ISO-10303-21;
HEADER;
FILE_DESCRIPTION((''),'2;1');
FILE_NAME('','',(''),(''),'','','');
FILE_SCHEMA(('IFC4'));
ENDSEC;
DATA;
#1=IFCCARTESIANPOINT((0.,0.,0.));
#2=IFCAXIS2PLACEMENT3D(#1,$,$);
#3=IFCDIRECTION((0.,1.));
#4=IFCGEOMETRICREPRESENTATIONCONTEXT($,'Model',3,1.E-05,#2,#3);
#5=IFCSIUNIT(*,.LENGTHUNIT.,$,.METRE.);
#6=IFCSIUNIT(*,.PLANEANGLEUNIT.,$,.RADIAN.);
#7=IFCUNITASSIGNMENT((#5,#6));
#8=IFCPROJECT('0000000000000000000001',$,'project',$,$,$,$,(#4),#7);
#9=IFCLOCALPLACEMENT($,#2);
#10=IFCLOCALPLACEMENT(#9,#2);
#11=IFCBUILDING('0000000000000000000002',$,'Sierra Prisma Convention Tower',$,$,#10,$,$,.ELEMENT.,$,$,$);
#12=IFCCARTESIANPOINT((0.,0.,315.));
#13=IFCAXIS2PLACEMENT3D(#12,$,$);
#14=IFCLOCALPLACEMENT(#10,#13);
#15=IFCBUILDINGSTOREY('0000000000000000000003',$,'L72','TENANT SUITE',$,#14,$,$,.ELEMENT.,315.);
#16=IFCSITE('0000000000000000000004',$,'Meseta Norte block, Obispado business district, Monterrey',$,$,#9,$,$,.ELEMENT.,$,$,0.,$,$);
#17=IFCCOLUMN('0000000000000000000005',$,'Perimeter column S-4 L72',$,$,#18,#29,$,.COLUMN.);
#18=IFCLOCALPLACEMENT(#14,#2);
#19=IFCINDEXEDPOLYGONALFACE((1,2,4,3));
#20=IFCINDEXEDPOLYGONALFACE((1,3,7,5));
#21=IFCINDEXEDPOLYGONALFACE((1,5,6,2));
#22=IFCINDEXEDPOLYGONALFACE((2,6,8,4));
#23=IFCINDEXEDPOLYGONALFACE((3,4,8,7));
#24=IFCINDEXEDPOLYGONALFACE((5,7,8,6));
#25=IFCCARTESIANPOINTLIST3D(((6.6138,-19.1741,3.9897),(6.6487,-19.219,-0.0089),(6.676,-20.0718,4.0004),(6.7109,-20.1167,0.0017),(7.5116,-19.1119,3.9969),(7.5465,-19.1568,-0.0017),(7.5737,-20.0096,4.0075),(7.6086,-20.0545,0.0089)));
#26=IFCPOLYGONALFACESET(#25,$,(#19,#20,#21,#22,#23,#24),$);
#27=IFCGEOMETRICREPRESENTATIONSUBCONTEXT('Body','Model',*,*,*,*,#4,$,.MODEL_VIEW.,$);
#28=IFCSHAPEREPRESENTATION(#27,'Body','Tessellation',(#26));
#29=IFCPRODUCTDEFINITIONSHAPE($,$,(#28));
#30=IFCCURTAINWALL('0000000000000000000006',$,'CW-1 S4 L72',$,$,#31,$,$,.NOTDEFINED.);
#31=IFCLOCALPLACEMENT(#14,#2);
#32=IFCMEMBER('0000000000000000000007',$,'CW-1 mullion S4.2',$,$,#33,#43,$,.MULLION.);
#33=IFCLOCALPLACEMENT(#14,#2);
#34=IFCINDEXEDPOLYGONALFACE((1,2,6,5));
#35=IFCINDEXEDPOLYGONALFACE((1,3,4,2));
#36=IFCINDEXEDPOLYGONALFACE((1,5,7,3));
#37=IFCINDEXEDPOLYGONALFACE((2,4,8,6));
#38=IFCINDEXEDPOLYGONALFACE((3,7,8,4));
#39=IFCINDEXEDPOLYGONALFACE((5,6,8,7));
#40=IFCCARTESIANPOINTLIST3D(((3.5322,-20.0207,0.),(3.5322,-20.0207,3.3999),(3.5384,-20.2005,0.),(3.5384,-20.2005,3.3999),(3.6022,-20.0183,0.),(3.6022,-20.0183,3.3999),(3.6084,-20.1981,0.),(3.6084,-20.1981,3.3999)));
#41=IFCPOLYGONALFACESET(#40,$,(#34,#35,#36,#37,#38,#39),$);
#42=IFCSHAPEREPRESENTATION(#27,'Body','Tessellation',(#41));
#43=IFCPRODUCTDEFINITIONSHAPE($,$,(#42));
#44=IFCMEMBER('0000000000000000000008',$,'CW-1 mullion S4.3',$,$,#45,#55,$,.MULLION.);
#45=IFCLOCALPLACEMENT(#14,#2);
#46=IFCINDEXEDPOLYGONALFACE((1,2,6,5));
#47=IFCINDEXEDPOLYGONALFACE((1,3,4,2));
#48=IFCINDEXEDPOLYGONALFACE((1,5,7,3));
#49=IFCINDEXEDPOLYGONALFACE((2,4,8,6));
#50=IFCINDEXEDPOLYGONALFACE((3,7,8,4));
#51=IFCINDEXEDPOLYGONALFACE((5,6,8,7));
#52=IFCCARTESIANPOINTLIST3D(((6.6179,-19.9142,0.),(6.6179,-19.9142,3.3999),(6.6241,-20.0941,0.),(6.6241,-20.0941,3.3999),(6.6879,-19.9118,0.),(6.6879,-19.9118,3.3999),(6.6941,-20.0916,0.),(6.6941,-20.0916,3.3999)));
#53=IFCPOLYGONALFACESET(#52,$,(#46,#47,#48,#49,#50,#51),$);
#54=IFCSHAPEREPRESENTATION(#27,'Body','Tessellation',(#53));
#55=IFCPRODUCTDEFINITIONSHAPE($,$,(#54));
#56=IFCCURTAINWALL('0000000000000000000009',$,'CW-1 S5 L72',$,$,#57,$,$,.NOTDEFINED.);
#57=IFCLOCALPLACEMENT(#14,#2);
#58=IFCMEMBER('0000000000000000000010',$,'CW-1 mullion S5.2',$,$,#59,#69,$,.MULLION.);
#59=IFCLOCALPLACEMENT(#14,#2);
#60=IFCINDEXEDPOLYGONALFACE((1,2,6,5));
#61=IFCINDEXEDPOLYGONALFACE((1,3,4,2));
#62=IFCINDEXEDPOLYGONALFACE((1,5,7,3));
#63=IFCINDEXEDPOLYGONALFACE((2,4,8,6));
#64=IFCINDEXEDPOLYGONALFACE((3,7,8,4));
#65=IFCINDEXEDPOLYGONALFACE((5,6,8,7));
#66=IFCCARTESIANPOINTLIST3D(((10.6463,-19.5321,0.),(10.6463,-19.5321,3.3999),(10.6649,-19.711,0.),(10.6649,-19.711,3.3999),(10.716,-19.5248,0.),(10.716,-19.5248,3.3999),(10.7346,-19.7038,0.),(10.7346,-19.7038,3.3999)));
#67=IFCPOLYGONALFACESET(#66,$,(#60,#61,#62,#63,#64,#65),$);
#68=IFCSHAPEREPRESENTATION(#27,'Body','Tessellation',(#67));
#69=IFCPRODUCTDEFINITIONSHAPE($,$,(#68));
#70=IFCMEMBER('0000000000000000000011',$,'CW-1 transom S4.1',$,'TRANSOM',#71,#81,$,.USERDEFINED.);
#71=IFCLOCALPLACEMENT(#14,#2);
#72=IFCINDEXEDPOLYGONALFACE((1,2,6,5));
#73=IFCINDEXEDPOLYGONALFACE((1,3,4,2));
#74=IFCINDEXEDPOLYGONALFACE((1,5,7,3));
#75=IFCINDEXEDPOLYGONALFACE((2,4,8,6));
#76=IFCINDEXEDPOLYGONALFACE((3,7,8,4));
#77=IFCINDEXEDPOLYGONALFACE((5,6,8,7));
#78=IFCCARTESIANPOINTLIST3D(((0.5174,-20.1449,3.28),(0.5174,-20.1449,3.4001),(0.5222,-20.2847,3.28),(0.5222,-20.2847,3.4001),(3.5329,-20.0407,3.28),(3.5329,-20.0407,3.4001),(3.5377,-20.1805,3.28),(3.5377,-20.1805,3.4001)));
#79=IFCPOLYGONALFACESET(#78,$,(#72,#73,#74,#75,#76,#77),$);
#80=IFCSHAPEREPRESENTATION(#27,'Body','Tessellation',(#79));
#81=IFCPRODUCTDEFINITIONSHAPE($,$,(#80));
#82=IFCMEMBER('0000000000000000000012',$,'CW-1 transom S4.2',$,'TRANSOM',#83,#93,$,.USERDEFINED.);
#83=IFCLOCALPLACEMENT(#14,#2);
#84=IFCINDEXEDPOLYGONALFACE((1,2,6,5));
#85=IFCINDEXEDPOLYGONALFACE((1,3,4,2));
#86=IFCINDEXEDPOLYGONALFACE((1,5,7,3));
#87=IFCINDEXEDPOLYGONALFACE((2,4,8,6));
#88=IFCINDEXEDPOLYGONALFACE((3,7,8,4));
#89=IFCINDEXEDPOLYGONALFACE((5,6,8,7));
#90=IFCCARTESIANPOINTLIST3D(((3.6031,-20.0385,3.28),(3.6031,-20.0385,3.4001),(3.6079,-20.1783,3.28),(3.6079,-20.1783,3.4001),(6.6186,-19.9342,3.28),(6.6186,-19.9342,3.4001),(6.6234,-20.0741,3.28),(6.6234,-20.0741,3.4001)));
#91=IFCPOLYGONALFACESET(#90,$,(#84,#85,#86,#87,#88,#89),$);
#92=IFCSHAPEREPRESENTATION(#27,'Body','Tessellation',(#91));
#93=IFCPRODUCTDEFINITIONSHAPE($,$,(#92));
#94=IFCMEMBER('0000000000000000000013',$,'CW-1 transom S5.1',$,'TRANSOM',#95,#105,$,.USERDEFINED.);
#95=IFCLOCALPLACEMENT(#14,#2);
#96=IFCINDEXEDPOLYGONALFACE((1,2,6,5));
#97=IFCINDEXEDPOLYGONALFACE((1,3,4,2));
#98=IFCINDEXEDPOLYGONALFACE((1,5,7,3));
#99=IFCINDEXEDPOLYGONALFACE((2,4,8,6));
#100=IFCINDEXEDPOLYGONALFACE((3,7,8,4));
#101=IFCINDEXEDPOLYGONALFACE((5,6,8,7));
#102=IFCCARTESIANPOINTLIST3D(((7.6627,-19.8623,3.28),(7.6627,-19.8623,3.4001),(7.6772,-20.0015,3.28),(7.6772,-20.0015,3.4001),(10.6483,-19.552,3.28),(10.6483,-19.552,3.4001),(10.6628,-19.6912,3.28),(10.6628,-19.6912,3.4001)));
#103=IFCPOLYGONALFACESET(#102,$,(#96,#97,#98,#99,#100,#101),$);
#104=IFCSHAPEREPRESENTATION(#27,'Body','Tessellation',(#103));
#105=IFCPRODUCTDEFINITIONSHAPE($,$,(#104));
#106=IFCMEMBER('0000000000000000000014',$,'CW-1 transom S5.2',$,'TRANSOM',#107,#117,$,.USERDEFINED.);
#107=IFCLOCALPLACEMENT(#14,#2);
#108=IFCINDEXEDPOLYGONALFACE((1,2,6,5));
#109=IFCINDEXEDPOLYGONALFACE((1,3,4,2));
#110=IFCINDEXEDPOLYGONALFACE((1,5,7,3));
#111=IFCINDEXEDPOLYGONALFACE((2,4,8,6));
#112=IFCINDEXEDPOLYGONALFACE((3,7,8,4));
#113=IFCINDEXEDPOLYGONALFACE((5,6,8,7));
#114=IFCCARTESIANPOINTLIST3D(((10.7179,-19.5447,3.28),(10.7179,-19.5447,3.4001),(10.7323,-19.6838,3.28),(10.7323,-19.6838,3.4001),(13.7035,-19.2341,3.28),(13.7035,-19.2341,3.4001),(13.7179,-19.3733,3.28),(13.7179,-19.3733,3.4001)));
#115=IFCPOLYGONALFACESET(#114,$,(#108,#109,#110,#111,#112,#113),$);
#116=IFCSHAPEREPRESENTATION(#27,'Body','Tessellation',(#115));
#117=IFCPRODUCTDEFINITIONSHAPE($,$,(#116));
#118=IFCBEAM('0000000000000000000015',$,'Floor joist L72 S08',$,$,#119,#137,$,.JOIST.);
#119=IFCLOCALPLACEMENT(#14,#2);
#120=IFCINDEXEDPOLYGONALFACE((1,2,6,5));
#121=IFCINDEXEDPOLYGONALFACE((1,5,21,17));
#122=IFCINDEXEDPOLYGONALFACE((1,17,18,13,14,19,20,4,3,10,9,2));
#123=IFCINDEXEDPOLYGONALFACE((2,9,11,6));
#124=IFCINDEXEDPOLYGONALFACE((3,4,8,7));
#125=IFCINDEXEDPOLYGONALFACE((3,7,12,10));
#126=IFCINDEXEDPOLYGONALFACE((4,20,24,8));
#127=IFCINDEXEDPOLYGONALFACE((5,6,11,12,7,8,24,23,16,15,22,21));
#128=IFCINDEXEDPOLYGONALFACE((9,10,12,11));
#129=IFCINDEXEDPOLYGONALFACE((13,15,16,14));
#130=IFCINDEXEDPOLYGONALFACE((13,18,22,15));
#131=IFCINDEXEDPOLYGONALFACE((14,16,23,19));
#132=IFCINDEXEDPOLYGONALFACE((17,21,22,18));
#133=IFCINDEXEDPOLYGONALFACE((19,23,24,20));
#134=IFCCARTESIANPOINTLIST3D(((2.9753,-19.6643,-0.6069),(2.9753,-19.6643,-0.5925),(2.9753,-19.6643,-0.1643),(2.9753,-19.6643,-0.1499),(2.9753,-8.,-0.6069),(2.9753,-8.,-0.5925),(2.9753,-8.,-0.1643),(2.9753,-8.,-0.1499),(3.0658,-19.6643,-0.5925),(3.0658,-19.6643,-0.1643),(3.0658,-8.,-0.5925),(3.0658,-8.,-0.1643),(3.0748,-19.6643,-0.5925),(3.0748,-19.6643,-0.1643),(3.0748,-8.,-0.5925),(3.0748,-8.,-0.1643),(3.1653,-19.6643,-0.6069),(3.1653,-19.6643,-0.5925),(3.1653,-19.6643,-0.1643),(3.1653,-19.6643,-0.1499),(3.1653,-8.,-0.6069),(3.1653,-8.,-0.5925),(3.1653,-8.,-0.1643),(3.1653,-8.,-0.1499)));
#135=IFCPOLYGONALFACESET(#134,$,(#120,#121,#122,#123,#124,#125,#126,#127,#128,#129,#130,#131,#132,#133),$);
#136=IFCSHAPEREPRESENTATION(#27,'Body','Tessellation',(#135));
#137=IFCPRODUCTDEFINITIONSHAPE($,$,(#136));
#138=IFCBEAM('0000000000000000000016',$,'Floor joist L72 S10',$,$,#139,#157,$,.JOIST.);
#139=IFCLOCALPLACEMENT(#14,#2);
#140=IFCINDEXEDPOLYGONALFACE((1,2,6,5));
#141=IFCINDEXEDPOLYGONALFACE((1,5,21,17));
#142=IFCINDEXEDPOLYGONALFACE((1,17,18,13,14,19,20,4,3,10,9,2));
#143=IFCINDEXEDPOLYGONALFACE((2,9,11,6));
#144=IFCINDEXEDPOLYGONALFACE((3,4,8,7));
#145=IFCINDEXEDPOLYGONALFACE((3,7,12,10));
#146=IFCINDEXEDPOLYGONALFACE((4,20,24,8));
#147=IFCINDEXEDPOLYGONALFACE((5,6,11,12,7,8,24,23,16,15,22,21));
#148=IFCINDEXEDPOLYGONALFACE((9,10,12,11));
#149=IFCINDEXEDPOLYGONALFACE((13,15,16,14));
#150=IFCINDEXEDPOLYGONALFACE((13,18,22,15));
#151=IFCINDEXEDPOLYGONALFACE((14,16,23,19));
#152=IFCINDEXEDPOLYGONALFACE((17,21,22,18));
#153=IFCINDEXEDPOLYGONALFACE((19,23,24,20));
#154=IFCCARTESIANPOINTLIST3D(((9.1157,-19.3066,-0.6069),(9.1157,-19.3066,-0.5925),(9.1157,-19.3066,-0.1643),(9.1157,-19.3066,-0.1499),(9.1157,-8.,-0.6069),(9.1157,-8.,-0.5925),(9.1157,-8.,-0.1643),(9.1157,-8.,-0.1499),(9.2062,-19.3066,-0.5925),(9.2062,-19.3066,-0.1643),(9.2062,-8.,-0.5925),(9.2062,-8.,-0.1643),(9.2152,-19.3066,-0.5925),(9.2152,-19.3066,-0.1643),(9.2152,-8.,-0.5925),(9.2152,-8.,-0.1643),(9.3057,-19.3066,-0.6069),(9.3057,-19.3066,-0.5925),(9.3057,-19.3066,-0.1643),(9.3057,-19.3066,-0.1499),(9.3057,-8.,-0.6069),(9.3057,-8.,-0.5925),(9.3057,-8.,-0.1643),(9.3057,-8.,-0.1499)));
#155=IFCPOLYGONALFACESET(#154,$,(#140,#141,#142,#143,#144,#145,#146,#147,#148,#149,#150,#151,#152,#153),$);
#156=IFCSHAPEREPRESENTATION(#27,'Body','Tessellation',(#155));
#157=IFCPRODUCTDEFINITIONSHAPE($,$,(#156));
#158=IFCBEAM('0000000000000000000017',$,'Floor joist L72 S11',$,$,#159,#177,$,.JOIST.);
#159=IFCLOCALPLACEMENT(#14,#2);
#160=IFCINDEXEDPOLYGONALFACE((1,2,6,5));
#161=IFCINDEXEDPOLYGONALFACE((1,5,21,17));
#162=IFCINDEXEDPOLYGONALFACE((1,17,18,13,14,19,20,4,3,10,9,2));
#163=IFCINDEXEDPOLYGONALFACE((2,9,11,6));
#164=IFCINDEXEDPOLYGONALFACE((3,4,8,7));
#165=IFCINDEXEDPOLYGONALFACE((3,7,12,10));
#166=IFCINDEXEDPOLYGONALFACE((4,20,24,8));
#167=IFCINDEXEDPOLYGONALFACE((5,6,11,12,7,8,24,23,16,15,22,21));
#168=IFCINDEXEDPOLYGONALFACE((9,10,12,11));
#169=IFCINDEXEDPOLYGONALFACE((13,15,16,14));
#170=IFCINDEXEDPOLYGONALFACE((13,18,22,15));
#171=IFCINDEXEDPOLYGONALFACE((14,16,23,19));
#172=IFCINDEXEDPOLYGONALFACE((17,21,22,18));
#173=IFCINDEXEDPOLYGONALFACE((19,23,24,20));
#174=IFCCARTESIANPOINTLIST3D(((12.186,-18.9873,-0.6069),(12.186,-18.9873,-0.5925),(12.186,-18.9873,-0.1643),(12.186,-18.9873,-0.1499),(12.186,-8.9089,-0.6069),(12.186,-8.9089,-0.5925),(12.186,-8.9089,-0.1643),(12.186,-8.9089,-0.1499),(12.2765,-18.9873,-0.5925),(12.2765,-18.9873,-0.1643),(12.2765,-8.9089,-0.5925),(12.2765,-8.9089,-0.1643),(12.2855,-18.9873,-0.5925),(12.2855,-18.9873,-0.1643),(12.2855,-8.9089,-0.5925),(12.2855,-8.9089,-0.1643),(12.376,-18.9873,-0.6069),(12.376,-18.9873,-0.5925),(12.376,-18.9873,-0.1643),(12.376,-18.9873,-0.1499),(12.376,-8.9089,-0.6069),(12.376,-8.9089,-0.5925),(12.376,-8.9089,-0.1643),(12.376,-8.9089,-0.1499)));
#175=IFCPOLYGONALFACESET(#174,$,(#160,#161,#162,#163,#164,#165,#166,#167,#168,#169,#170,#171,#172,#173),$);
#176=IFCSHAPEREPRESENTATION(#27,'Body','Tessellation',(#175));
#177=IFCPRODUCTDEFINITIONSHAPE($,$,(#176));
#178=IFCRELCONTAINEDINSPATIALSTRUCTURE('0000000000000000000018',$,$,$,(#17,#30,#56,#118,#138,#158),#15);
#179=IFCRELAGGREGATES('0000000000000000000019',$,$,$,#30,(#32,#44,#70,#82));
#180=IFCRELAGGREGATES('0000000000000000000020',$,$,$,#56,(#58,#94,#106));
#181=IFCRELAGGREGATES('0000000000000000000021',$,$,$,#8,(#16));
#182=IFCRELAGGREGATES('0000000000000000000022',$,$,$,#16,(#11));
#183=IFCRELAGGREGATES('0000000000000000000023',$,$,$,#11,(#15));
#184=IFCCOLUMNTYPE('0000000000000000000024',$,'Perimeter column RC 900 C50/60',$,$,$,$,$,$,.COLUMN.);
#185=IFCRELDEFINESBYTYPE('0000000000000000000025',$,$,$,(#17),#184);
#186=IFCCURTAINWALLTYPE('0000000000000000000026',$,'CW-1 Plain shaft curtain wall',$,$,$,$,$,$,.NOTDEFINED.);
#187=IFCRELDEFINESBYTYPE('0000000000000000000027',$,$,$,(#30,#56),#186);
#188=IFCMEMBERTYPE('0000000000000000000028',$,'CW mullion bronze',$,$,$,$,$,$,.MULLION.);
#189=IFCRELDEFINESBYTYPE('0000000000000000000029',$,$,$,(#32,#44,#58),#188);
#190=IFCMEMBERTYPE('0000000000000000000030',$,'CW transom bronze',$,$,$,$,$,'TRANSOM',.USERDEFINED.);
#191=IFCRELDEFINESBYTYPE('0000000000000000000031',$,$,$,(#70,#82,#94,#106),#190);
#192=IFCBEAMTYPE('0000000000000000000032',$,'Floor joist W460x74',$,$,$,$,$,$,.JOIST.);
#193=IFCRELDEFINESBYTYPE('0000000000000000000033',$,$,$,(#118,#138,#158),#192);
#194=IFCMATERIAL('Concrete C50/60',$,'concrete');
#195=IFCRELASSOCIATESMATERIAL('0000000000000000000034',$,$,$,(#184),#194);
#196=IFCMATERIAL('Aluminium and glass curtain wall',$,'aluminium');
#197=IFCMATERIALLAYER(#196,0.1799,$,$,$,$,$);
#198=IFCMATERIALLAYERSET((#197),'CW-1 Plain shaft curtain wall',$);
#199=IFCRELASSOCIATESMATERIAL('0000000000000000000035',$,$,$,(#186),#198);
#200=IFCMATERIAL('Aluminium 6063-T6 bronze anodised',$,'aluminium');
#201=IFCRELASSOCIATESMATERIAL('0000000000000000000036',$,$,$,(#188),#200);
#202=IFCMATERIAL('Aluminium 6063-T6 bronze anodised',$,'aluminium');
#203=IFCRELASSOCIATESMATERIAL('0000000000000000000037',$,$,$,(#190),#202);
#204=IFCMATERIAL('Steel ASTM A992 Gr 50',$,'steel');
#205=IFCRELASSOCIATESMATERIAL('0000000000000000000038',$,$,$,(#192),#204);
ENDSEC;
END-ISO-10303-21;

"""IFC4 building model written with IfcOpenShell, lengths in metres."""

from ifc_helpers import new_model, si_unit, direction, frame, origin, origin_2d, place, context, subcontext, project, spatial, rectangle, i_section, extrude, clip, halfspace, material, layer, layer_set, material_profile, profile_set, type_object, element, aggregate, save


model = new_model("IFC4")

# Units and contexts
model_context = context("Model", 3, precision=1e-05, world=origin(), true_north=direction((0.0, 1.0)))
body_context = subcontext(model_context, "Body", "Model", "MODEL_VIEW")
ifc_project = project(units=[si_unit("LENGTHUNIT", "METRE"), si_unit("PLANEANGLEUNIT", "RADIAN")], contexts=[model_context])

# Site, building, storey
site_placement = place(None, origin())
site = spatial("IfcSite", under=ifc_project, at=site_placement, Name="Meseta Norte block, Obispado business district, Monterrey", CompositionType="ELEMENT", RefElevation=0.0)
building_placement = place(site_placement, origin())
building = spatial("IfcBuilding", under=site, at=building_placement, Name="Sierra Prisma Convention Tower", CompositionType="ELEMENT")
storey_placement = place(building_placement, frame((0.0, 0.0, 315.0)))
storey = spatial("IfcBuildingStorey", under=building, at=storey_placement, Name="L72", Description="TENANT SUITE", CompositionType="ELEMENT", Elevation=315.0)

# Column
ifc_material_1 = material(Name="Concrete C50/60", Category="concrete")
ifc_material_profile_1 = material_profile(ifc_material_1, rectangle(XDim=0.8999, YDim=0.8999, at=origin_2d()), Name="Perimeter column RC 900 C50/60")
ifc_profile_set_1 = profile_set([ifc_material_profile_1], Name="Concrete C50/60")
column_type = type_object("IfcColumnType", Name="Perimeter column RC 900 C50/60", PredefinedType="COLUMN", material=ifc_profile_set_1)
column_placement = place(storey_placement, frame((7.1287, -19.6367, 0.0), z_axis=(-0.008727, 0.011229, 0.999899), x_axis=(0.997577, 0.069113, 0.007931)))
element("IfcColumn", 1, at=column_placement, inside=storey, type_object=column_type, Name="Perimeter column S-4 L72", PredefinedType="COLUMN", context=body_context, shape_type="SweptSolid", body=[
    clip(extrude(rectangle(XDim=0.8999, YDim=0.8999, at=origin_2d()), origin(), (0.0, 0.0, 1.0), 4.0005), halfspace(frame((0.0, 0.0, 3.999)), False)),
])

# Curtain wall, members
ifc_material_2 = material(Name="Aluminium and glass curtain wall", Category="aluminium")
ifc_layer_1 = layer(ifc_material_2, 0.1799)
ifc_layer_set_1 = layer_set([ifc_layer_1], Name="CW-1 Plain shaft curtain wall")
curtain_wall_type = type_object("IfcCurtainWallType", Name="CW-1 Plain shaft curtain wall", PredefinedType="NOTDEFINED", material=ifc_layer_set_1)
curtain_wall_1_placement = place(storey_placement, origin())
curtain_wall_1 = element("IfcCurtainWall", 2, at=curtain_wall_1_placement, inside=storey, type_object=curtain_wall_type, Name="CW-1 S4 L72", PredefinedType="NOTDEFINED")
ifc_material_3 = material(Name="Aluminium 6063-T6 bronze anodised", Category="aluminium")
ifc_material_profile_2 = material_profile(ifc_material_3, rectangle(XDim=0.1799, YDim=0.0701, at=origin_2d()), Name="ALU MULLION 70x180")
ifc_profile_set_2 = profile_set([ifc_material_profile_2], Name="Aluminium 6063-T6 bronze anodised")
member_type_1 = type_object("IfcMemberType", Name="CW mullion bronze", PredefinedType="MULLION", material=ifc_profile_set_2)
member_1_placement = place(storey_placement, frame((3.5703, -20.1094, 0.0), z_axis=(0.0, 0.0, 1.0), x_axis=(-0.034531, 0.999404, 0.0)))
member_1 = element("IfcMember", 3, at=member_1_placement, type_object=member_type_1, Name="CW-1 mullion S4.2", PredefinedType="MULLION", context=body_context, shape_type="SweptSolid", body=[
    extrude(rectangle(XDim=0.1799, YDim=0.0701, at=origin_2d()), origin(), (0.0, 0.0, 1.0), 3.3999),
])
member_2_placement = place(storey_placement, frame((6.656, -20.0029, 0.0), z_axis=(0.0, 0.0, 1.0), x_axis=(-0.034531, 0.999404, 0.0)))
member_2 = element("IfcMember", 4, at=member_2_placement, type_object=member_type_1, Name="CW-1 mullion S4.3", PredefinedType="MULLION", context=body_context, shape_type="SweptSolid", body=[
    extrude(rectangle(XDim=0.1799, YDim=0.0701, at=origin_2d()), origin(), (0.0, 0.0, 1.0), 3.3999),
])

# Curtain wall, member
curtain_wall_2_placement = place(storey_placement, origin())
curtain_wall_2 = element("IfcCurtainWall", 5, at=curtain_wall_2_placement, inside=storey, type_object=curtain_wall_type, Name="CW-1 S5 L72", PredefinedType="NOTDEFINED")
member_3_placement = place(storey_placement, frame((10.6904, -19.6179, 0.0), z_axis=(0.0, 0.0, 1.0), x_axis=(-0.103428, 0.994637, 0.0)))
member_3 = element("IfcMember", 6, at=member_3_placement, type_object=member_type_1, Name="CW-1 mullion S5.2", PredefinedType="MULLION", context=body_context, shape_type="SweptSolid", body=[
    extrude(rectangle(XDim=0.1799, YDim=0.0701, at=origin_2d()), origin(), (0.0, 0.0, 1.0), 3.3999),
])

# Members
ifc_material_4 = material(Name="Aluminium 6063-T6 bronze anodised", Category="aluminium")
ifc_material_profile_3 = material_profile(ifc_material_4, rectangle(XDim=0.1399, YDim=0.1201, at=origin_2d()), Name="ALU TRANSOM 120x140")
ifc_profile_set_3 = profile_set([ifc_material_profile_3], Name="Aluminium 6063-T6 bronze anodised")
member_type_2 = type_object("IfcMemberType", Name="CW transom bronze", ElementType="TRANSOM", PredefinedType="USERDEFINED", material=ifc_profile_set_3)
member_4_placement = place(storey_placement, frame((0.5198, -20.2148, 3.3401), z_axis=(0.999403, 0.034549, 0.0), x_axis=(-0.034549, 0.999403, 0.0)))
member_4 = element("IfcMember", 7, at=member_4_placement, type_object=member_type_2, Name="CW-1 transom S4.1", ObjectType="TRANSOM", PredefinedType="USERDEFINED", context=body_context, shape_type="SweptSolid", body=[
    extrude(rectangle(XDim=0.1399, YDim=0.1201, at=origin_2d()), origin(), (0.0, 0.0, 1.0), 3.0173),
])
member_5_placement = place(storey_placement, frame((3.6055, -20.1084, 3.3401), z_axis=(0.999403, 0.034549, 0.0), x_axis=(-0.034549, 0.999403, 0.0)))
member_5 = element("IfcMember", 8, at=member_5_placement, type_object=member_type_2, Name="CW-1 transom S4.2", ObjectType="TRANSOM", PredefinedType="USERDEFINED", context=body_context, shape_type="SweptSolid", body=[
    extrude(rectangle(XDim=0.1399, YDim=0.1201, at=origin_2d()), origin(), (0.0, 0.0, 1.0), 3.0173),
])
member_6_placement = place(storey_placement, frame((7.6699, -19.9319, 3.3401), z_axis=(0.994642, 0.103376, 0.0), x_axis=(-0.103376, 0.994642, 0.0)))
member_6 = element("IfcMember", 9, at=member_6_placement, type_object=member_type_2, Name="CW-1 transom S5.1", ObjectType="TRANSOM", PredefinedType="USERDEFINED", context=body_context, shape_type="SweptSolid", body=[
    extrude(rectangle(XDim=0.1399, YDim=0.1201, at=origin_2d()), origin(), (0.0, 0.0, 1.0), 3.0017),
])
member_7_placement = place(storey_placement, frame((10.7251, -19.6143, 3.3401), z_axis=(0.994634, 0.103457, 0.0), x_axis=(-0.103457, 0.994634, 0.0)))
member_7 = element("IfcMember", 10, at=member_7_placement, type_object=member_type_2, Name="CW-1 transom S5.2", ObjectType="TRANSOM", PredefinedType="USERDEFINED", context=body_context, shape_type="SweptSolid", body=[
    extrude(rectangle(XDim=0.1399, YDim=0.1201, at=origin_2d()), origin(), (0.0, 0.0, 1.0), 3.0017),
])

# Beams
ifc_material_5 = material(Name="Steel ASTM A992 Gr 50", Category="steel")
ifc_material_profile_4 = material_profile(ifc_material_5, i_section(OverallWidth=0.1899, OverallDepth=0.457, WebThickness=0.009, FlangeThickness=0.0144, at=origin_2d()), Name="W460x74")
ifc_profile_set_4 = profile_set([ifc_material_profile_4], Name="Steel ASTM A992 Gr 50")
beam_type_1 = type_object("IfcBeamType", Name="Floor joist W460x74", PredefinedType="JOIST", material=ifc_profile_set_4)
beam_1_placement = place(storey_placement, frame((3.0703, -19.6643, -0.3784), z_axis=(0.0, 1.0, 0.0), x_axis=(-1.0, 0.0, 0.0)))
element("IfcBeam", 11, at=beam_1_placement, inside=storey, type_object=beam_type_1, Name="Floor joist L72 S08", PredefinedType="JOIST", context=body_context, shape_type="SweptSolid", body=[
    extrude(i_section(OverallWidth=0.1899, OverallDepth=0.457, WebThickness=0.009, FlangeThickness=0.0144, at=origin_2d()), origin(), (0.0, 0.0, 1.0), 11.6643),
])
beam_2_placement = place(storey_placement, frame((9.2107, -19.3066, -0.3784), z_axis=(0.0, 1.0, 0.0), x_axis=(-1.0, 0.0, 0.0)))
element("IfcBeam", 12, at=beam_2_placement, inside=storey, type_object=beam_type_1, Name="Floor joist L72 S10", PredefinedType="JOIST", context=body_context, shape_type="SweptSolid", body=[
    extrude(i_section(OverallWidth=0.1899, OverallDepth=0.457, WebThickness=0.009, FlangeThickness=0.0144, at=origin_2d()), origin(), (0.0, 0.0, 1.0), 11.3066),
])
beam_3_placement = place(storey_placement, frame((12.281, -18.9873, -0.3784), z_axis=(0.0, 1.0, 0.0), x_axis=(-1.0, 0.0, 0.0)))
element("IfcBeam", 13, at=beam_3_placement, inside=storey, type_object=beam_type_1, Name="Floor joist L72 S11", PredefinedType="JOIST", context=body_context, shape_type="SweptSolid", body=[
    extrude(i_section(OverallWidth=0.1899, OverallDepth=0.457, WebThickness=0.009, FlangeThickness=0.0144, at=origin_2d()), origin(), (0.0, 0.0, 1.0), 10.0784),
])

aggregate(curtain_wall_1, [member_1, member_2, member_4, member_5])
aggregate(curtain_wall_2, [member_3, member_6, member_7])

save(model, "model.ifc")
